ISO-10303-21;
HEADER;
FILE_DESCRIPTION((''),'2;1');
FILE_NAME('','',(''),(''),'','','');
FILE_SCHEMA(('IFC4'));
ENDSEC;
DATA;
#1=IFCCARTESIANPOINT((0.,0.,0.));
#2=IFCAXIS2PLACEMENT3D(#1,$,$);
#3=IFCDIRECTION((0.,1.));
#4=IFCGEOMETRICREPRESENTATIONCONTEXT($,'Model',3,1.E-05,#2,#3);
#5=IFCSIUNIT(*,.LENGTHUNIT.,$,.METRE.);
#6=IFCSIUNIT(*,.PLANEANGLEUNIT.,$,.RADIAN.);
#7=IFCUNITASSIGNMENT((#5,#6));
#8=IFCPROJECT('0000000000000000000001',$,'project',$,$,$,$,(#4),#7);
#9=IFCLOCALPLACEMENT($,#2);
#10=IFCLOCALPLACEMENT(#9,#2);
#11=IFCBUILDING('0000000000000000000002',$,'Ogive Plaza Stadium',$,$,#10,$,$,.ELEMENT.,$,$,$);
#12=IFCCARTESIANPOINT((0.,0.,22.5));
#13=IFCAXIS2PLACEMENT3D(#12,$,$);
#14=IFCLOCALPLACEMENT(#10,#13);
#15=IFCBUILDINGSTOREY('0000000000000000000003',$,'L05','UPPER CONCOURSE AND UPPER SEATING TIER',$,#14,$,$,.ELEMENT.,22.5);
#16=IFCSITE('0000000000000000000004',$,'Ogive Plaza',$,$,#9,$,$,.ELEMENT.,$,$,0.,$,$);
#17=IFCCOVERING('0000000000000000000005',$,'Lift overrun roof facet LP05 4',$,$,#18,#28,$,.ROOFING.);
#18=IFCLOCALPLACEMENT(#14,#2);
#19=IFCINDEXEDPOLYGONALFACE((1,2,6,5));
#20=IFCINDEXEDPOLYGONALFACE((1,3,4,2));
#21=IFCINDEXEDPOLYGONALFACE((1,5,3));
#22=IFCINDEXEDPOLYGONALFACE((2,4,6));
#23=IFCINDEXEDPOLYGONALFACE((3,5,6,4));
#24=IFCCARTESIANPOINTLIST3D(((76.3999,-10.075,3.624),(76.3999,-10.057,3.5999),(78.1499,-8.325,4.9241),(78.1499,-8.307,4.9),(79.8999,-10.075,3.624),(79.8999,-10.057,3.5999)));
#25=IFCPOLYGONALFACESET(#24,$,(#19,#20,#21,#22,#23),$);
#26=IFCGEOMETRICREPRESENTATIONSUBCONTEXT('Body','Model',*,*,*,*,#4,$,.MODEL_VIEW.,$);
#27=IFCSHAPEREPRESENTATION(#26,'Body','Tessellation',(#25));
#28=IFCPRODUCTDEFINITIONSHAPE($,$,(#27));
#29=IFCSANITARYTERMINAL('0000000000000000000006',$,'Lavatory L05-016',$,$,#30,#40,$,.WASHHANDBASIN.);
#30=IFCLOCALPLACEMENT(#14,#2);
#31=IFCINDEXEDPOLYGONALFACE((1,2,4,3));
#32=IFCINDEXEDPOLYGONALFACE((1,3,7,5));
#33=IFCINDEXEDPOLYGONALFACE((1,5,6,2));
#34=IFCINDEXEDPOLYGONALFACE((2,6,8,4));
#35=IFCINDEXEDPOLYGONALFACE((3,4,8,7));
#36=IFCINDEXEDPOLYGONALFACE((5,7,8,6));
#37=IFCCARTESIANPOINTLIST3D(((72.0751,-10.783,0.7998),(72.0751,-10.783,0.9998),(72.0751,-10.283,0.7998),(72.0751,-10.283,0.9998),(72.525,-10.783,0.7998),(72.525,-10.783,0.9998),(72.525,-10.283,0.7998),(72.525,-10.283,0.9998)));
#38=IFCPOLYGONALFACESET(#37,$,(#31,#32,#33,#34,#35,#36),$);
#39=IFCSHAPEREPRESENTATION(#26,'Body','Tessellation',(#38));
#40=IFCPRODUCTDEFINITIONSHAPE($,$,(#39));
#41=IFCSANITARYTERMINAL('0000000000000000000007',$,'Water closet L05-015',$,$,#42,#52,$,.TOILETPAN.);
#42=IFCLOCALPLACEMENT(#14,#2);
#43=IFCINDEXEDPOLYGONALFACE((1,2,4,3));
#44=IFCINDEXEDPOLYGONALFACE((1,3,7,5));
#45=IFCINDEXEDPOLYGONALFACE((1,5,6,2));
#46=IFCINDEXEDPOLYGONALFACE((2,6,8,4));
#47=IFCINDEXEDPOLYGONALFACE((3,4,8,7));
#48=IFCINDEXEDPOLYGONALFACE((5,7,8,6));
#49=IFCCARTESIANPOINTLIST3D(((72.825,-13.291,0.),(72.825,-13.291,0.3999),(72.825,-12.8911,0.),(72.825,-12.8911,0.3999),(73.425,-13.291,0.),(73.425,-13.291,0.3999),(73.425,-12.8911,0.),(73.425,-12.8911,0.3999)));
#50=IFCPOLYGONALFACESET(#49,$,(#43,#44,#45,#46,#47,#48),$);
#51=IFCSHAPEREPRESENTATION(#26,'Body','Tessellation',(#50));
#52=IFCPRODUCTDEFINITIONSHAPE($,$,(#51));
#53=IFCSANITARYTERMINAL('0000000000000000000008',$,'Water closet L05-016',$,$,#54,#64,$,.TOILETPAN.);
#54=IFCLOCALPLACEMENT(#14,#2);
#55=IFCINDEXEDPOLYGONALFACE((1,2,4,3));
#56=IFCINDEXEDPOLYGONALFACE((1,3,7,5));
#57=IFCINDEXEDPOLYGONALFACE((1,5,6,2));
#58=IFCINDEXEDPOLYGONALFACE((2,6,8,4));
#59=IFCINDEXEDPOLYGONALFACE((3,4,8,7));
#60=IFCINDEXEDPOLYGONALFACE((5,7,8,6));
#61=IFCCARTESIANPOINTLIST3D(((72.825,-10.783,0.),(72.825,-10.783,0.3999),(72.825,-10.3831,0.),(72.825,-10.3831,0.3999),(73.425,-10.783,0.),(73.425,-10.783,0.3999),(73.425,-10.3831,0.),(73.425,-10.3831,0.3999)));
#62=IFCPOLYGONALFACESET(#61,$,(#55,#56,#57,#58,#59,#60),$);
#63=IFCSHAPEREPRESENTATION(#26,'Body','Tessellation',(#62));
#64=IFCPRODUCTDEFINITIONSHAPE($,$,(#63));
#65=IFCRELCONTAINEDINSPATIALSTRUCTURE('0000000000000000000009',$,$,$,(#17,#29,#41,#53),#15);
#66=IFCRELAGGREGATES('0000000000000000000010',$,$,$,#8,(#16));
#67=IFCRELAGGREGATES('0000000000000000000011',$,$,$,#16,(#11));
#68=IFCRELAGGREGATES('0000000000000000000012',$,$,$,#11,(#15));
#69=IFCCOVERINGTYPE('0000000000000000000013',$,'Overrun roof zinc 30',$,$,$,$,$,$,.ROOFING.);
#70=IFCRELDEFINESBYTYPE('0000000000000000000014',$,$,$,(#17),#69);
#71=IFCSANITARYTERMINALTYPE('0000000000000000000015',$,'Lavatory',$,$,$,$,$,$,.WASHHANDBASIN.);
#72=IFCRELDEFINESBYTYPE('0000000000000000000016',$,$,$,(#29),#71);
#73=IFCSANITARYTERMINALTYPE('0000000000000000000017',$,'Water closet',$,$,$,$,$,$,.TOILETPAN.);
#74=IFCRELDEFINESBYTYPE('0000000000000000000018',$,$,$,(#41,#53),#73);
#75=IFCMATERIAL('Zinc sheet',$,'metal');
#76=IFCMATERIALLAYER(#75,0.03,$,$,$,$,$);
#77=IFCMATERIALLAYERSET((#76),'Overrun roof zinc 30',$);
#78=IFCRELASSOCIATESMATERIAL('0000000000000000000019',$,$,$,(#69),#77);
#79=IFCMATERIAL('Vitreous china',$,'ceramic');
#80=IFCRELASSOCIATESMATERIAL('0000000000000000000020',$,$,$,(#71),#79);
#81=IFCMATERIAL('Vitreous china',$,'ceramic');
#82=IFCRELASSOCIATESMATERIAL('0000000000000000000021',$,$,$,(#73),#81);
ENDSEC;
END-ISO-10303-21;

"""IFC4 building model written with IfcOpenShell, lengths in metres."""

from ifc_helpers import new_model, si_unit, direction, frame, origin, origin_2d, place, context, subcontext, project, spatial, polyline, rectangle, outline, extrude, material, layer, layer_set, type_object, element, save


model = new_model("IFC4")

# Units and contexts
model_context = context("Model", 3, precision=1e-05, world=origin(), true_north=direction((0.0, 1.0)))
body_context = subcontext(model_context, "Body", "Model", "MODEL_VIEW")
ifc_project = project(units=[si_unit("LENGTHUNIT", "METRE"), si_unit("PLANEANGLEUNIT", "RADIAN")], contexts=[model_context])

# Site, building, storey
site_placement = place(None, origin())
site = spatial("IfcSite", under=ifc_project, at=site_placement, Name="Ogive Plaza", CompositionType="ELEMENT", RefElevation=0.0)
building_placement = place(site_placement, origin())
building = spatial("IfcBuilding", under=site, at=building_placement, Name="Ogive Plaza Stadium", CompositionType="ELEMENT")
storey_placement = place(building_placement, frame((0.0, 0.0, 22.5)))
storey = spatial("IfcBuildingStorey", under=building, at=storey_placement, Name="L05", Description="UPPER CONCOURSE AND UPPER SEATING TIER", CompositionType="ELEMENT", Elevation=22.5)

# Covering
ifc_material_1 = material(Name="Zinc sheet", Category="metal")
ifc_layer_1 = layer(ifc_material_1, 0.03)
ifc_layer_set_1 = layer_set([ifc_layer_1], Name="Overrun roof zinc 30")
covering_type = type_object("IfcCoveringType", Name="Overrun roof zinc 30", PredefinedType="ROOFING", material=ifc_layer_set_1)
covering_1_placement = place(storey_placement, frame((76.3999, -10.075, 3.624), z_axis=(0.0, -0.596338, 0.802733), x_axis=(1.0, 0.0, 0.0)))
element("IfcCovering", 1, at=covering_1_placement, inside=storey, type_object=covering_type, Name="Lift overrun roof facet LP05 4", PredefinedType="ROOFING", context=body_context, shape_type="SweptSolid", body=[
    extrude(outline(polyline([(0.0, 0.0), (3.5, 0.0), (1.75, 2.1801), (0.0, 0.0)])), origin(), (0.0, 0.0, -1.0), 0.03),
])

# Sanitary terminals
ifc_material_2 = material(Name="Vitreous china", Category="ceramic")
sanitary_terminal_type_1 = type_object("IfcSanitaryTerminalType", Name="Lavatory", PredefinedType="WASHHANDBASIN", material=ifc_material_2)
sanitary_terminal_placement = place(storey_placement, frame((72.3, -10.533, 0.7998), z_axis=(0.0, 0.0, 1.0), x_axis=(0.0, 1.0, 0.0)))
element("IfcSanitaryTerminal", 2, at=sanitary_terminal_placement, inside=storey, type_object=sanitary_terminal_type_1, Name="Lavatory L05-016", PredefinedType="WASHHANDBASIN", context=body_context, shape_type="SweptSolid", body=[
    extrude(rectangle(XDim=0.5, YDim=0.45, at=origin_2d()), origin(), (0.0, 0.0, 1.0), 0.2),
])
ifc_material_3 = material(Name="Vitreous china", Category="ceramic")
sanitary_terminal_type_2 = type_object("IfcSanitaryTerminalType", Name="Water closet", PredefinedType="TOILETPAN", material=ifc_material_3)
for number, where, z_axis, x_axis, name in (
    (3, (73.125, -13.0911, 0.0), (0.0, 0.0, 1.0), (0.0, 1.0, 0.0), "Water closet L05-015"),
    (4, (73.125, -10.583, 0.0), (0.0, 0.0, 1.0), (0.0, 1.0, 0.0), "Water closet L05-016"),
):
    element("IfcSanitaryTerminal", number, at=place(storey_placement, frame(where, z_axis=z_axis, x_axis=x_axis)), inside=storey, type_object=sanitary_terminal_type_2, Name=name, PredefinedType="TOILETPAN", context=body_context, shape_type="SweptSolid", body=[
        extrude(rectangle(XDim=0.3999, YDim=0.6001, at=origin_2d()), origin(), (0.0, 0.0, 1.0), 0.3999),
    ])

save(model, "model.ifc")
